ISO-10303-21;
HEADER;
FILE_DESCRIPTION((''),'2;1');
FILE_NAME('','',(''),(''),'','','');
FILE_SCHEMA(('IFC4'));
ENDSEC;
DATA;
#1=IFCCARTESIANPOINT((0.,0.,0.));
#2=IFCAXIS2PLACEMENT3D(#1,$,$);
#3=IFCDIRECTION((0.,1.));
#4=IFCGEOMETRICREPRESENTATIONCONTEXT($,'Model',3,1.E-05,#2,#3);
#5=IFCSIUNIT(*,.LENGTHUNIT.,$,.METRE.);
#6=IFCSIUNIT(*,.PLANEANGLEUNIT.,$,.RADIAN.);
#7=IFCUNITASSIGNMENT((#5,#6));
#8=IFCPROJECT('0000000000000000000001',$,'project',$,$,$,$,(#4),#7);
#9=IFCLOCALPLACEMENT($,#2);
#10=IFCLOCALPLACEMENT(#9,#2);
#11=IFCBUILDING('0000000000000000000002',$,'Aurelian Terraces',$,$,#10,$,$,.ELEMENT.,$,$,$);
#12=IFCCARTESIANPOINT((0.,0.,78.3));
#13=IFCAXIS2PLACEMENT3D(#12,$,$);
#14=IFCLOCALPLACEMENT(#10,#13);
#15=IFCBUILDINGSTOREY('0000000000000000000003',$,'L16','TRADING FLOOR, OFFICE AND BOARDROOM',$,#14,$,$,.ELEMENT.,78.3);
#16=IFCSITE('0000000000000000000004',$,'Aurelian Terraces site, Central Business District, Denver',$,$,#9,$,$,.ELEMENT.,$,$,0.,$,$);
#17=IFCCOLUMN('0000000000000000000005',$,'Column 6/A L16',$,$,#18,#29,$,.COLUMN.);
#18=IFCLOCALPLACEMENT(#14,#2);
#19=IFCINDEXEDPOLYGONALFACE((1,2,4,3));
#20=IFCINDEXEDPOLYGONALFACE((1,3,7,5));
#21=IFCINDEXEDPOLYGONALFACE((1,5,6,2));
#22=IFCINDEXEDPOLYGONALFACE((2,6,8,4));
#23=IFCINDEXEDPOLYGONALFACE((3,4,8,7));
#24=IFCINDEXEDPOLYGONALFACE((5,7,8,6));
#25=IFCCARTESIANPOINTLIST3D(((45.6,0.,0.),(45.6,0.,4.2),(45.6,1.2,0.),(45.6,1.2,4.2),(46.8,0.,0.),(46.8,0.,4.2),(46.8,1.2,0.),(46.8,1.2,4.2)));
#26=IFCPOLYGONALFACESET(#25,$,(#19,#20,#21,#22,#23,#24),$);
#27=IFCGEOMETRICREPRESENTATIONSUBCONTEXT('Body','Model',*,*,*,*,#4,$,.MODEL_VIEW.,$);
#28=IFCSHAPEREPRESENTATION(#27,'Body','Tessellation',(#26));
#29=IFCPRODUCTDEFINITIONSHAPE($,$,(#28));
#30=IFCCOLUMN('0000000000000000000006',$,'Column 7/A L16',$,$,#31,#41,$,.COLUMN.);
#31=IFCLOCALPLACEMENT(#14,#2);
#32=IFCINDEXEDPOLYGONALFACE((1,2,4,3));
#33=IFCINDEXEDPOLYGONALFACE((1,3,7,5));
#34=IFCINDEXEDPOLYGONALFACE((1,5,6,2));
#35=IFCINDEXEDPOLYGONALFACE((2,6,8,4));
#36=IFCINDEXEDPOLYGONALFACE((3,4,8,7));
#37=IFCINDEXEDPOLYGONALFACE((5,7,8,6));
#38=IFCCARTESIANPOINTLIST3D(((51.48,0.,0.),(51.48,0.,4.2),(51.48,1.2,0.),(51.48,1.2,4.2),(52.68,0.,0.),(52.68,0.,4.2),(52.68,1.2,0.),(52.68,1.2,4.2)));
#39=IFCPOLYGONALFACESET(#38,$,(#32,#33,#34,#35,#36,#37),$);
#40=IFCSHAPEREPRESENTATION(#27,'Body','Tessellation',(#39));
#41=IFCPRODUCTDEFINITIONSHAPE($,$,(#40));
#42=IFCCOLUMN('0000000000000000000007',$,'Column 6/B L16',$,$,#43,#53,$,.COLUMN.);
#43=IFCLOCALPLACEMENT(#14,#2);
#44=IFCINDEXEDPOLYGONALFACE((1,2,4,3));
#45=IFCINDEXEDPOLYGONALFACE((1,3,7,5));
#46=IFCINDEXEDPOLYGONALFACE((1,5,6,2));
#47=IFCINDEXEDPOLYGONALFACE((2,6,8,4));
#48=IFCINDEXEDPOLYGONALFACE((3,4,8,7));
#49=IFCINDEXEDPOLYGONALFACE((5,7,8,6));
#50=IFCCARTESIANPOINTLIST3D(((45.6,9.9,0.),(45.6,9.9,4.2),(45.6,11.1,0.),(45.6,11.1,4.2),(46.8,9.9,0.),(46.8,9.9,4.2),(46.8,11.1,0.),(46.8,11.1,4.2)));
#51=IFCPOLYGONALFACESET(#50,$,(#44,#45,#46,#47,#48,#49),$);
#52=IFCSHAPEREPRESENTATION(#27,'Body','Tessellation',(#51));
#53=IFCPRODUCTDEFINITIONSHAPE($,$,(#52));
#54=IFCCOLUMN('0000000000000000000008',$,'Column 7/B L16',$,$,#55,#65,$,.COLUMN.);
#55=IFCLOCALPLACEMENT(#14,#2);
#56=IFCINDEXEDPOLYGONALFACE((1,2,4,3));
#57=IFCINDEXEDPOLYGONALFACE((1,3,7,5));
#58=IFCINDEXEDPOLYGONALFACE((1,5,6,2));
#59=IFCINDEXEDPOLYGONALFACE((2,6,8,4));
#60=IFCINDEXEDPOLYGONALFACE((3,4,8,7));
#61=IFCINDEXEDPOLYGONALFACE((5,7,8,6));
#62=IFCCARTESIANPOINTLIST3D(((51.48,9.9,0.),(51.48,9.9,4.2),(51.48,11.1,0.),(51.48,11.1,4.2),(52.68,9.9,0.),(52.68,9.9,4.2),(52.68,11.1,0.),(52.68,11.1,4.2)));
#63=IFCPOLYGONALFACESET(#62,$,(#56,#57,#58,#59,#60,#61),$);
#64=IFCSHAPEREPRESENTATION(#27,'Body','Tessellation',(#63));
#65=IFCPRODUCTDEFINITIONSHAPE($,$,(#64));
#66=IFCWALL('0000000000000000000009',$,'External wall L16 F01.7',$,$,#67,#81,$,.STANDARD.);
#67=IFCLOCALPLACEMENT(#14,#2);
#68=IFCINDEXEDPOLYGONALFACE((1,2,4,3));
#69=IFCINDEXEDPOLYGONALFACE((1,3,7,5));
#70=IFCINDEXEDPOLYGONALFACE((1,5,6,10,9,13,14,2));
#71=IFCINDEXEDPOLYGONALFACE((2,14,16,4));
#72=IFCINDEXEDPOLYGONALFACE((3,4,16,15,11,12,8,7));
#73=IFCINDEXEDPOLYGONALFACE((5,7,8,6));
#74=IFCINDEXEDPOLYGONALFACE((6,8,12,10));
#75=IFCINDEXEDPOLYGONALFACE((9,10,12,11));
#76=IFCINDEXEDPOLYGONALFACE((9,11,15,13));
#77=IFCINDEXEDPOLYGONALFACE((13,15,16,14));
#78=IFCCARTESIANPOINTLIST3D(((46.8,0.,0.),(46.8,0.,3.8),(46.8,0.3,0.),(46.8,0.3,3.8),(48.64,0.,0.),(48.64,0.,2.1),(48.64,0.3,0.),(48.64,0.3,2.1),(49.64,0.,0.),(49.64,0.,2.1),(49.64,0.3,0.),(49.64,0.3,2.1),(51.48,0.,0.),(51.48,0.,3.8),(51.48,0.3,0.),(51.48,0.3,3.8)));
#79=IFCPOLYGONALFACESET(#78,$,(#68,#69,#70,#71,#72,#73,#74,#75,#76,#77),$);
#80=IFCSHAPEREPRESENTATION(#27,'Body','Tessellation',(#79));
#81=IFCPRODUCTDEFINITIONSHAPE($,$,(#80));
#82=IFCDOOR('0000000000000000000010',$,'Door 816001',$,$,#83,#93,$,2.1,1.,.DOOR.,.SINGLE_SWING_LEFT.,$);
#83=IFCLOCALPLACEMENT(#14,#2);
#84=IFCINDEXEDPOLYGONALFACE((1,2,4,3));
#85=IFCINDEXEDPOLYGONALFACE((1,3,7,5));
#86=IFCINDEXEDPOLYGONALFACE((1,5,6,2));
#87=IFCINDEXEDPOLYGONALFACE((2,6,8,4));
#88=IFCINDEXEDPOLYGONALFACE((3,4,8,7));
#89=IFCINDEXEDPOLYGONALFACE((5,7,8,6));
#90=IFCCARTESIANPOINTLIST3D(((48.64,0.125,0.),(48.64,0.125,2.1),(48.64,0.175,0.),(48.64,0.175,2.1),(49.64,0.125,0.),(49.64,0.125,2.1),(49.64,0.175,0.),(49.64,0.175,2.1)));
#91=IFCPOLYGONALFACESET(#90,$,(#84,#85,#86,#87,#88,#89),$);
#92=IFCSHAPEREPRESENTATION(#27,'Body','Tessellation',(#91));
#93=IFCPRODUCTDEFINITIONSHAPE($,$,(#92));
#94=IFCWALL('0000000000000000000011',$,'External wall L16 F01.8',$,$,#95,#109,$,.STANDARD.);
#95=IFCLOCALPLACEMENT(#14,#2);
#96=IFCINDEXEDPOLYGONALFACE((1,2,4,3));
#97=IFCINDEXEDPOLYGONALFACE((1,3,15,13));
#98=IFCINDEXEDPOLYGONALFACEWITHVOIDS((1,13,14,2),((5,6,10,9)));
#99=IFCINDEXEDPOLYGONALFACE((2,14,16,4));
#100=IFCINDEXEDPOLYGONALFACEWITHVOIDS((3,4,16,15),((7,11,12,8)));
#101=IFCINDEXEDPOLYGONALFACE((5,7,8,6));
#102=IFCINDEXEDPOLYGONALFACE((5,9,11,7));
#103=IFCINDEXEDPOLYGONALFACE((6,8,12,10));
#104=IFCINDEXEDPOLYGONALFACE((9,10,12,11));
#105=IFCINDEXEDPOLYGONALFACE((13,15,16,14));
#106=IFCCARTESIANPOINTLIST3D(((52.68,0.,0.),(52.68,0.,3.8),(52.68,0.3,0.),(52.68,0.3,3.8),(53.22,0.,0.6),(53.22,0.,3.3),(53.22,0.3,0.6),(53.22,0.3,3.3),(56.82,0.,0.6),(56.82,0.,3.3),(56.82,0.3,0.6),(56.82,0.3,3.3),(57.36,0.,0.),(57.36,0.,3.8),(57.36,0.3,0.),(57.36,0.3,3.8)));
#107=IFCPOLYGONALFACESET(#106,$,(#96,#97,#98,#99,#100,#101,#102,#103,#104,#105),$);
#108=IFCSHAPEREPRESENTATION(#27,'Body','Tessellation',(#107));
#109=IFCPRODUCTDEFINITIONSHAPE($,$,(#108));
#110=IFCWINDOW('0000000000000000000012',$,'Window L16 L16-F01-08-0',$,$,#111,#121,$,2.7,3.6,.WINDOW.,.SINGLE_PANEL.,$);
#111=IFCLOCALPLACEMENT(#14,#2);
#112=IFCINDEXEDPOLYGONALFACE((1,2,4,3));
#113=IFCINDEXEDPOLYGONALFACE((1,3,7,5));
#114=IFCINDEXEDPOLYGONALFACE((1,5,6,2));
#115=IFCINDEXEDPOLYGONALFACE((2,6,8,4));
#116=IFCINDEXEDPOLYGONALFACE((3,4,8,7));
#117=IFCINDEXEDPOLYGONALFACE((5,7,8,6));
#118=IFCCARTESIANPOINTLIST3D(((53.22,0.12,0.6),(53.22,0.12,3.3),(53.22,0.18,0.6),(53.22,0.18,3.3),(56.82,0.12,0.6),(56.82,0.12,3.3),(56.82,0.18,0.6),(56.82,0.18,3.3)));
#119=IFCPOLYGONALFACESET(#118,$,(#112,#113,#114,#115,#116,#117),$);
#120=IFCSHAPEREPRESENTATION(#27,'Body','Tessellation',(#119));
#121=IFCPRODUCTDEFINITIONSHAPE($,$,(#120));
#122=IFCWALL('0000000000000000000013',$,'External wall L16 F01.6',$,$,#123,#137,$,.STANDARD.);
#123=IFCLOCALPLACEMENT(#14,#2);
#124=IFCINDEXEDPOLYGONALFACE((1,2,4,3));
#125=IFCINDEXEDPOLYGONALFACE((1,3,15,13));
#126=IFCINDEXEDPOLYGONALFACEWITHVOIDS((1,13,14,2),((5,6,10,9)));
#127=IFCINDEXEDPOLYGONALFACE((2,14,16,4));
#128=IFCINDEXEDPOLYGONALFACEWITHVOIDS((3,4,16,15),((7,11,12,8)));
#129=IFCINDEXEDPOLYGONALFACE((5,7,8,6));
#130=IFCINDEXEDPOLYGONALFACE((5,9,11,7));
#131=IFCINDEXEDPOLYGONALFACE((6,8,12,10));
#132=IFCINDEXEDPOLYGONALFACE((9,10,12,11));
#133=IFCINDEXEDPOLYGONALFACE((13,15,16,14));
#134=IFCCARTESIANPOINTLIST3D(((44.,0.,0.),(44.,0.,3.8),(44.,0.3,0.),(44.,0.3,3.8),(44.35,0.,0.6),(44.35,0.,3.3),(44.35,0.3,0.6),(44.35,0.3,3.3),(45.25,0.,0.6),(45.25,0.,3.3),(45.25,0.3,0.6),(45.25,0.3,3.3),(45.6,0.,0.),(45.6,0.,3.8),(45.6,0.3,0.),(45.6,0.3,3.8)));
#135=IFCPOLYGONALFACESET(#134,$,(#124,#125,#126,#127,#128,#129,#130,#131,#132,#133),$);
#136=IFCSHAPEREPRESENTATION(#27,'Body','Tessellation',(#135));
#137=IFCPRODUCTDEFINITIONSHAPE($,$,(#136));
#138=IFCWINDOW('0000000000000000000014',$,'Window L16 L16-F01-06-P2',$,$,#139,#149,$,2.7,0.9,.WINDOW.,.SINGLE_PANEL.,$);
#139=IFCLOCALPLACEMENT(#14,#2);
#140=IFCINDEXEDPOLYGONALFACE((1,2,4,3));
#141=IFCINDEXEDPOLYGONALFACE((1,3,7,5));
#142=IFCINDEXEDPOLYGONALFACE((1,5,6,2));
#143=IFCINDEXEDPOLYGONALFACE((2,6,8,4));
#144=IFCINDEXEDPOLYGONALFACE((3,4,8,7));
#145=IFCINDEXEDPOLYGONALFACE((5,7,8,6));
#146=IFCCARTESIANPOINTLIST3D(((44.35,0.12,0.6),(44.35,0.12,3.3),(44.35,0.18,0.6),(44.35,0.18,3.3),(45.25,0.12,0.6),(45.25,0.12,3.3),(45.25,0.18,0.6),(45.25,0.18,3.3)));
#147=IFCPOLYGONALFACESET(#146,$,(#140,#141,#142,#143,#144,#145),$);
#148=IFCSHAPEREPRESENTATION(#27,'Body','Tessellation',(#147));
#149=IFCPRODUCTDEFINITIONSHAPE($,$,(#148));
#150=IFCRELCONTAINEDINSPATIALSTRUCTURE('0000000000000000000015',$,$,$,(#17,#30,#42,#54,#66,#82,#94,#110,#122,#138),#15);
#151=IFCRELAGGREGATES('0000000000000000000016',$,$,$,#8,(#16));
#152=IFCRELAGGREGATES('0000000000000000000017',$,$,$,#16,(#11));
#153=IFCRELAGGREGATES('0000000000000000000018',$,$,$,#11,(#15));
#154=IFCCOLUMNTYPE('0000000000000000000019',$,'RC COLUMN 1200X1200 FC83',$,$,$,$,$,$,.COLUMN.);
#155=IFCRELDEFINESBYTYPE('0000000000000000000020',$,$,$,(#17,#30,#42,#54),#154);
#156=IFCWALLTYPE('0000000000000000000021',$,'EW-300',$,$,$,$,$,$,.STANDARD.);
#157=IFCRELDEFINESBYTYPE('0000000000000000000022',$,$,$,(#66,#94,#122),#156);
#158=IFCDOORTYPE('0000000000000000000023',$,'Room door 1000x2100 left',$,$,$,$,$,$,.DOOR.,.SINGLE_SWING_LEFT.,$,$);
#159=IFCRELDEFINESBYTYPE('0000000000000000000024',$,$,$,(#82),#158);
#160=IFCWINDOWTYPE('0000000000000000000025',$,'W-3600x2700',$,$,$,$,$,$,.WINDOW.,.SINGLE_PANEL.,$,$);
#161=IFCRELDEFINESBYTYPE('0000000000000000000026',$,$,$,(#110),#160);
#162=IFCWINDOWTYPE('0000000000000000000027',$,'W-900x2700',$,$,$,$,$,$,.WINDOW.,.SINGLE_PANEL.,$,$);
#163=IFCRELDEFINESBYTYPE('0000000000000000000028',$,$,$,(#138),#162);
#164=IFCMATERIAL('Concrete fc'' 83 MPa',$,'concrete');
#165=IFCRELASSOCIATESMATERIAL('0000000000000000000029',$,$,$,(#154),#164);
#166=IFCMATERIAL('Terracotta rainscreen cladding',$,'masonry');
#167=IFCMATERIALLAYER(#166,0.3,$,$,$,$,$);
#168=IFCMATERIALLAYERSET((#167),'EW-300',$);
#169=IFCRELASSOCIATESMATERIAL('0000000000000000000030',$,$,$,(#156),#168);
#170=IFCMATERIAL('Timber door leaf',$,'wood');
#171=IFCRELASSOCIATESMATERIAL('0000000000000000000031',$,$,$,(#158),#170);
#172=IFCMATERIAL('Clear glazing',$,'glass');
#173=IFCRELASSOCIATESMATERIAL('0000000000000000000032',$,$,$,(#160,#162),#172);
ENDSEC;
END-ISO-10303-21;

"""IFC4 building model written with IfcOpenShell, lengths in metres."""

from ifc_helpers import new_model, si_unit, direction, frame, frame_2d, origin, origin_2d, place, context, subcontext, project, spatial, rectangle, extrude, source, transform, mapped, material, layer, layer_set, material_profile, profile_set, type_object, element, fill, save


model = new_model("IFC4")

# Units and contexts
model_context = context("Model", 3, precision=1e-05, world=origin(), true_north=direction((0.0, 1.0)))
body_context = subcontext(model_context, "Body", "Model", "MODEL_VIEW")
ifc_project = project(units=[si_unit("LENGTHUNIT", "METRE"), si_unit("PLANEANGLEUNIT", "RADIAN")], contexts=[model_context])

# Site, building, storey
site_placement = place(None, origin())
site = spatial("IfcSite", under=ifc_project, at=site_placement, Name="Aurelian Terraces site, Central Business District, Denver", CompositionType="ELEMENT", RefElevation=0.0)
building_placement = place(site_placement, origin())
building = spatial("IfcBuilding", under=site, at=building_placement, Name="Aurelian Terraces", CompositionType="ELEMENT")
storey_placement = place(building_placement, frame((0.0, 0.0, 78.3)))
storey = spatial("IfcBuildingStorey", under=building, at=storey_placement, Name="L16", Description="TRADING FLOOR, OFFICE AND BOARDROOM", CompositionType="ELEMENT", Elevation=78.3)

# Columns
ifc_material_1 = material(Name="Concrete fc' 83 MPa", Category="concrete")
ifc_material_profile = material_profile(ifc_material_1, rectangle(XDim=1.2, YDim=1.2, at=origin_2d()))
ifc_profile_set = profile_set([ifc_material_profile], Name="Concrete fc' 83 MPa")
column_type = type_object("IfcColumnType", Name="RC COLUMN 1200X1200 FC83", PredefinedType="COLUMN", material=ifc_profile_set)
shared_shape_1 = source(origin(), body_context, "Body", "SweptSolid", [
    extrude(rectangle(XDim=1.2, YDim=1.2, at=origin_2d()), origin(), (0.0, 0.0, 1.0), 4.2),
])
for number, where, z_axis, x_axis, name in (
    (1, (46.2, 0.6, 0.0), (0.0, 0.0, 1.0), (1.0, 0.0, 0.0), "Column 6/A L16"),
    (2, (52.08, 0.6, 0.0), (0.0, 0.0, 1.0), (1.0, 0.0, 0.0), "Column 7/A L16"),
    (3, (46.2, 10.5, 0.0), (0.0, 0.0, 1.0), (1.0, 0.0, 0.0), "Column 6/B L16"),
    (4, (52.08, 10.5, 0.0), (0.0, 0.0, 1.0), (1.0, 0.0, 0.0), "Column 7/B L16"),
):
    element("IfcColumn", number, at=place(storey_placement, frame(where, z_axis=z_axis, x_axis=x_axis)), inside=storey, type_object=column_type, Name=name, PredefinedType="COLUMN", context=body_context, shape_type="MappedRepresentation", body=[
        mapped(shared_shape_1, transform((0.0, 0.0, 0.0), scale=1.0)),
    ])

# Wall, opening, door
ifc_material_2 = material(Name="Terracotta rainscreen cladding", Category="masonry")
ifc_layer_1 = layer(ifc_material_2, 0.3)
ifc_layer_set_1 = layer_set([ifc_layer_1], Name="EW-300")
wall_type_1 = type_object("IfcWallType", Name="EW-300", PredefinedType="STANDARD", material=ifc_layer_set_1)
shared_shape_2 = source(origin(), body_context, "Body", "SweptSolid", [
    extrude(rectangle(XDim=4.68, YDim=0.3, at=frame_2d((2.34, 0.0))), origin(), (0.0, 0.0, 1.0), 3.8),
])
wall_1_placement = place(storey_placement, frame((46.8, 0.15, 0.0), z_axis=(0.0, 0.0, 1.0), x_axis=(1.0, 0.0, 0.0)))
wall_1 = element("IfcWall", 5, at=wall_1_placement, inside=storey, type_object=wall_type_1, Name="External wall L16 F01.7", PredefinedType="STANDARD", context=body_context, shape_type="MappedRepresentation", body=[
    mapped(shared_shape_2, transform((0.0, 0.0, 0.0), scale=1.0)),
])
shared_shape_3 = source(origin(), body_context, "Body", "SweptSolid", [
    extrude(rectangle(XDim=1.0, YDim=2.1, at=frame_2d((0.5, 1.05))), frame((0.0, 0.16, 0.0), z_axis=(0.0, -1.0, 0.0), x_axis=(1.0, 0.0, 0.0)), (0.0, 0.0, 1.0), 0.32),
])
opening_1_placement = place(wall_1_placement, frame((1.84, 0.0, 0.0)))
opening_1 = element("IfcOpeningElement", 6, at=opening_1_placement, cuts=wall_1, PredefinedType="OPENING", context=body_context, shape_type="MappedRepresentation", body=[
    mapped(shared_shape_3, transform((0.0, 0.0, 0.0), scale=1.0)),
])
ifc_material_3 = material(Name="Timber door leaf", Category="wood")
door_type_1 = type_object("IfcDoorType", Name="Room door 1000x2100 left", OperationType="SINGLE_SWING_LEFT", PredefinedType="DOOR", material=ifc_material_3)
shared_shape_4 = source(origin(), body_context, "Body", "SweptSolid", [
    extrude(rectangle(XDim=1.0, YDim=2.1, at=frame_2d((0.5, 1.05))), frame((0.0, 0.025, 0.0), z_axis=(0.0, -1.0, 0.0), x_axis=(1.0, 0.0, 0.0)), (0.0, 0.0, 1.0), 0.05),
])
door_1_placement = place(opening_1_placement, origin())
door_1 = element("IfcDoor", 7, at=door_1_placement, inside=storey, type_object=door_type_1, Name="Door 816001", OperationType="SINGLE_SWING_LEFT", OverallHeight=2.1, OverallWidth=1.0, PredefinedType="DOOR", context=body_context, shape_type="MappedRepresentation", body=[
    mapped(shared_shape_4, transform((0.0, 0.0, 0.0), scale=1.0)),
])
fill(opening_1, door_1)

# Walls, openings, windows
wall_2_placement = place(storey_placement, frame((52.68, 0.15, 0.0), z_axis=(0.0, 0.0, 1.0), x_axis=(1.0, 0.0, 0.0)))
wall_2 = element("IfcWall", 8, at=wall_2_placement, inside=storey, type_object=wall_type_1, Name="External wall L16 F01.8", PredefinedType="STANDARD", context=body_context, shape_type="MappedRepresentation", body=[
    mapped(shared_shape_2, transform((0.0, 0.0, 0.0), scale=1.0)),
])
shared_shape_5 = source(origin(), body_context, "Body", "SweptSolid", [
    extrude(rectangle(XDim=3.6, YDim=2.7, at=frame_2d((1.8, 1.35))), frame((0.0, 0.16, 0.0), z_axis=(0.0, -1.0, 0.0), x_axis=(1.0, 0.0, 0.0)), (0.0, 0.0, 1.0), 0.32),
])
opening_2_placement = place(wall_2_placement, frame((0.54, 0.0, 0.6)))
opening_2 = element("IfcOpeningElement", 9, at=opening_2_placement, cuts=wall_2, PredefinedType="OPENING", context=body_context, shape_type="MappedRepresentation", body=[
    mapped(shared_shape_5, transform((0.0, 0.0, 0.0), scale=1.0)),
])
ifc_material_4 = material(Name="Clear glazing", Category="glass")
window_type_1 = type_object("IfcWindowType", Name="W-3600x2700", PartitioningType="SINGLE_PANEL", PredefinedType="WINDOW", material=ifc_material_4)
shared_shape_6 = source(origin(), body_context, "Body", "SweptSolid", [
    extrude(rectangle(XDim=3.6, YDim=2.7, at=frame_2d((1.8, 1.35))), frame((0.0, 0.03, 0.0), z_axis=(0.0, -1.0, 0.0), x_axis=(1.0, 0.0, 0.0)), (0.0, 0.0, 1.0), 0.06),
])
window_1_placement = place(opening_2_placement, origin())
window_1 = element("IfcWindow", 10, at=window_1_placement, inside=storey, type_object=window_type_1, Name="Window L16 L16-F01-08-0", OverallHeight=2.7, OverallWidth=3.6, PartitioningType="SINGLE_PANEL", PredefinedType="WINDOW", context=body_context, shape_type="MappedRepresentation", body=[
    mapped(shared_shape_6, transform((0.0, 0.0, 0.0), scale=1.0)),
])
fill(opening_2, window_1)
shared_shape_7 = source(origin(), body_context, "Body", "SweptSolid", [
    extrude(rectangle(XDim=1.6, YDim=0.3, at=frame_2d((0.8, 0.0))), origin(), (0.0, 0.0, 1.0), 3.8),
])
wall_3_placement = place(storey_placement, frame((44.0, 0.15, 0.0), z_axis=(0.0, 0.0, 1.0), x_axis=(1.0, 0.0, 0.0)))
wall_3 = element("IfcWall", 11, at=wall_3_placement, inside=storey, type_object=wall_type_1, Name="External wall L16 F01.6", PredefinedType="STANDARD", context=body_context, shape_type="MappedRepresentation", body=[
    mapped(shared_shape_7, transform((0.0, 0.0, 0.0), scale=1.0)),
])
shared_shape_8 = source(origin(), body_context, "Body", "SweptSolid", [
    extrude(rectangle(XDim=0.9, YDim=2.7, at=frame_2d((0.45, 1.35))), frame((0.0, 0.16, 0.0), z_axis=(0.0, -1.0, 0.0), x_axis=(1.0, 0.0, 0.0)), (0.0, 0.0, 1.0), 0.32),
])
opening_3_placement = place(wall_3_placement, frame((0.35, 0.0, 0.6)))
opening_3 = element("IfcOpeningElement", 12, at=opening_3_placement, cuts=wall_3, PredefinedType="OPENING", context=body_context, shape_type="MappedRepresentation", body=[
    mapped(shared_shape_8, transform((0.0, 0.0, 0.0), scale=1.0)),
])
window_type_2 = type_object("IfcWindowType", Name="W-900x2700", PartitioningType="SINGLE_PANEL", PredefinedType="WINDOW", material=ifc_material_4)
shared_shape_9 = source(origin(), body_context, "Body", "SweptSolid", [
    extrude(rectangle(XDim=0.9, YDim=2.7, at=frame_2d((0.45, 1.35))), frame((0.0, 0.03, 0.0), z_axis=(0.0, -1.0, 0.0), x_axis=(1.0, 0.0, 0.0)), (0.0, 0.0, 1.0), 0.06),
])
window_2_placement = place(opening_3_placement, origin())
window_2 = element("IfcWindow", 13, at=window_2_placement, inside=storey, type_object=window_type_2, Name="Window L16 L16-F01-06-P2", OverallHeight=2.7, OverallWidth=0.9, PartitioningType="SINGLE_PANEL", PredefinedType="WINDOW", context=body_context, shape_type="MappedRepresentation", body=[
    mapped(shared_shape_9, transform((0.0, 0.0, 0.0), scale=1.0)),
])
fill(opening_3, window_2)

save(model, "model.ifc")
